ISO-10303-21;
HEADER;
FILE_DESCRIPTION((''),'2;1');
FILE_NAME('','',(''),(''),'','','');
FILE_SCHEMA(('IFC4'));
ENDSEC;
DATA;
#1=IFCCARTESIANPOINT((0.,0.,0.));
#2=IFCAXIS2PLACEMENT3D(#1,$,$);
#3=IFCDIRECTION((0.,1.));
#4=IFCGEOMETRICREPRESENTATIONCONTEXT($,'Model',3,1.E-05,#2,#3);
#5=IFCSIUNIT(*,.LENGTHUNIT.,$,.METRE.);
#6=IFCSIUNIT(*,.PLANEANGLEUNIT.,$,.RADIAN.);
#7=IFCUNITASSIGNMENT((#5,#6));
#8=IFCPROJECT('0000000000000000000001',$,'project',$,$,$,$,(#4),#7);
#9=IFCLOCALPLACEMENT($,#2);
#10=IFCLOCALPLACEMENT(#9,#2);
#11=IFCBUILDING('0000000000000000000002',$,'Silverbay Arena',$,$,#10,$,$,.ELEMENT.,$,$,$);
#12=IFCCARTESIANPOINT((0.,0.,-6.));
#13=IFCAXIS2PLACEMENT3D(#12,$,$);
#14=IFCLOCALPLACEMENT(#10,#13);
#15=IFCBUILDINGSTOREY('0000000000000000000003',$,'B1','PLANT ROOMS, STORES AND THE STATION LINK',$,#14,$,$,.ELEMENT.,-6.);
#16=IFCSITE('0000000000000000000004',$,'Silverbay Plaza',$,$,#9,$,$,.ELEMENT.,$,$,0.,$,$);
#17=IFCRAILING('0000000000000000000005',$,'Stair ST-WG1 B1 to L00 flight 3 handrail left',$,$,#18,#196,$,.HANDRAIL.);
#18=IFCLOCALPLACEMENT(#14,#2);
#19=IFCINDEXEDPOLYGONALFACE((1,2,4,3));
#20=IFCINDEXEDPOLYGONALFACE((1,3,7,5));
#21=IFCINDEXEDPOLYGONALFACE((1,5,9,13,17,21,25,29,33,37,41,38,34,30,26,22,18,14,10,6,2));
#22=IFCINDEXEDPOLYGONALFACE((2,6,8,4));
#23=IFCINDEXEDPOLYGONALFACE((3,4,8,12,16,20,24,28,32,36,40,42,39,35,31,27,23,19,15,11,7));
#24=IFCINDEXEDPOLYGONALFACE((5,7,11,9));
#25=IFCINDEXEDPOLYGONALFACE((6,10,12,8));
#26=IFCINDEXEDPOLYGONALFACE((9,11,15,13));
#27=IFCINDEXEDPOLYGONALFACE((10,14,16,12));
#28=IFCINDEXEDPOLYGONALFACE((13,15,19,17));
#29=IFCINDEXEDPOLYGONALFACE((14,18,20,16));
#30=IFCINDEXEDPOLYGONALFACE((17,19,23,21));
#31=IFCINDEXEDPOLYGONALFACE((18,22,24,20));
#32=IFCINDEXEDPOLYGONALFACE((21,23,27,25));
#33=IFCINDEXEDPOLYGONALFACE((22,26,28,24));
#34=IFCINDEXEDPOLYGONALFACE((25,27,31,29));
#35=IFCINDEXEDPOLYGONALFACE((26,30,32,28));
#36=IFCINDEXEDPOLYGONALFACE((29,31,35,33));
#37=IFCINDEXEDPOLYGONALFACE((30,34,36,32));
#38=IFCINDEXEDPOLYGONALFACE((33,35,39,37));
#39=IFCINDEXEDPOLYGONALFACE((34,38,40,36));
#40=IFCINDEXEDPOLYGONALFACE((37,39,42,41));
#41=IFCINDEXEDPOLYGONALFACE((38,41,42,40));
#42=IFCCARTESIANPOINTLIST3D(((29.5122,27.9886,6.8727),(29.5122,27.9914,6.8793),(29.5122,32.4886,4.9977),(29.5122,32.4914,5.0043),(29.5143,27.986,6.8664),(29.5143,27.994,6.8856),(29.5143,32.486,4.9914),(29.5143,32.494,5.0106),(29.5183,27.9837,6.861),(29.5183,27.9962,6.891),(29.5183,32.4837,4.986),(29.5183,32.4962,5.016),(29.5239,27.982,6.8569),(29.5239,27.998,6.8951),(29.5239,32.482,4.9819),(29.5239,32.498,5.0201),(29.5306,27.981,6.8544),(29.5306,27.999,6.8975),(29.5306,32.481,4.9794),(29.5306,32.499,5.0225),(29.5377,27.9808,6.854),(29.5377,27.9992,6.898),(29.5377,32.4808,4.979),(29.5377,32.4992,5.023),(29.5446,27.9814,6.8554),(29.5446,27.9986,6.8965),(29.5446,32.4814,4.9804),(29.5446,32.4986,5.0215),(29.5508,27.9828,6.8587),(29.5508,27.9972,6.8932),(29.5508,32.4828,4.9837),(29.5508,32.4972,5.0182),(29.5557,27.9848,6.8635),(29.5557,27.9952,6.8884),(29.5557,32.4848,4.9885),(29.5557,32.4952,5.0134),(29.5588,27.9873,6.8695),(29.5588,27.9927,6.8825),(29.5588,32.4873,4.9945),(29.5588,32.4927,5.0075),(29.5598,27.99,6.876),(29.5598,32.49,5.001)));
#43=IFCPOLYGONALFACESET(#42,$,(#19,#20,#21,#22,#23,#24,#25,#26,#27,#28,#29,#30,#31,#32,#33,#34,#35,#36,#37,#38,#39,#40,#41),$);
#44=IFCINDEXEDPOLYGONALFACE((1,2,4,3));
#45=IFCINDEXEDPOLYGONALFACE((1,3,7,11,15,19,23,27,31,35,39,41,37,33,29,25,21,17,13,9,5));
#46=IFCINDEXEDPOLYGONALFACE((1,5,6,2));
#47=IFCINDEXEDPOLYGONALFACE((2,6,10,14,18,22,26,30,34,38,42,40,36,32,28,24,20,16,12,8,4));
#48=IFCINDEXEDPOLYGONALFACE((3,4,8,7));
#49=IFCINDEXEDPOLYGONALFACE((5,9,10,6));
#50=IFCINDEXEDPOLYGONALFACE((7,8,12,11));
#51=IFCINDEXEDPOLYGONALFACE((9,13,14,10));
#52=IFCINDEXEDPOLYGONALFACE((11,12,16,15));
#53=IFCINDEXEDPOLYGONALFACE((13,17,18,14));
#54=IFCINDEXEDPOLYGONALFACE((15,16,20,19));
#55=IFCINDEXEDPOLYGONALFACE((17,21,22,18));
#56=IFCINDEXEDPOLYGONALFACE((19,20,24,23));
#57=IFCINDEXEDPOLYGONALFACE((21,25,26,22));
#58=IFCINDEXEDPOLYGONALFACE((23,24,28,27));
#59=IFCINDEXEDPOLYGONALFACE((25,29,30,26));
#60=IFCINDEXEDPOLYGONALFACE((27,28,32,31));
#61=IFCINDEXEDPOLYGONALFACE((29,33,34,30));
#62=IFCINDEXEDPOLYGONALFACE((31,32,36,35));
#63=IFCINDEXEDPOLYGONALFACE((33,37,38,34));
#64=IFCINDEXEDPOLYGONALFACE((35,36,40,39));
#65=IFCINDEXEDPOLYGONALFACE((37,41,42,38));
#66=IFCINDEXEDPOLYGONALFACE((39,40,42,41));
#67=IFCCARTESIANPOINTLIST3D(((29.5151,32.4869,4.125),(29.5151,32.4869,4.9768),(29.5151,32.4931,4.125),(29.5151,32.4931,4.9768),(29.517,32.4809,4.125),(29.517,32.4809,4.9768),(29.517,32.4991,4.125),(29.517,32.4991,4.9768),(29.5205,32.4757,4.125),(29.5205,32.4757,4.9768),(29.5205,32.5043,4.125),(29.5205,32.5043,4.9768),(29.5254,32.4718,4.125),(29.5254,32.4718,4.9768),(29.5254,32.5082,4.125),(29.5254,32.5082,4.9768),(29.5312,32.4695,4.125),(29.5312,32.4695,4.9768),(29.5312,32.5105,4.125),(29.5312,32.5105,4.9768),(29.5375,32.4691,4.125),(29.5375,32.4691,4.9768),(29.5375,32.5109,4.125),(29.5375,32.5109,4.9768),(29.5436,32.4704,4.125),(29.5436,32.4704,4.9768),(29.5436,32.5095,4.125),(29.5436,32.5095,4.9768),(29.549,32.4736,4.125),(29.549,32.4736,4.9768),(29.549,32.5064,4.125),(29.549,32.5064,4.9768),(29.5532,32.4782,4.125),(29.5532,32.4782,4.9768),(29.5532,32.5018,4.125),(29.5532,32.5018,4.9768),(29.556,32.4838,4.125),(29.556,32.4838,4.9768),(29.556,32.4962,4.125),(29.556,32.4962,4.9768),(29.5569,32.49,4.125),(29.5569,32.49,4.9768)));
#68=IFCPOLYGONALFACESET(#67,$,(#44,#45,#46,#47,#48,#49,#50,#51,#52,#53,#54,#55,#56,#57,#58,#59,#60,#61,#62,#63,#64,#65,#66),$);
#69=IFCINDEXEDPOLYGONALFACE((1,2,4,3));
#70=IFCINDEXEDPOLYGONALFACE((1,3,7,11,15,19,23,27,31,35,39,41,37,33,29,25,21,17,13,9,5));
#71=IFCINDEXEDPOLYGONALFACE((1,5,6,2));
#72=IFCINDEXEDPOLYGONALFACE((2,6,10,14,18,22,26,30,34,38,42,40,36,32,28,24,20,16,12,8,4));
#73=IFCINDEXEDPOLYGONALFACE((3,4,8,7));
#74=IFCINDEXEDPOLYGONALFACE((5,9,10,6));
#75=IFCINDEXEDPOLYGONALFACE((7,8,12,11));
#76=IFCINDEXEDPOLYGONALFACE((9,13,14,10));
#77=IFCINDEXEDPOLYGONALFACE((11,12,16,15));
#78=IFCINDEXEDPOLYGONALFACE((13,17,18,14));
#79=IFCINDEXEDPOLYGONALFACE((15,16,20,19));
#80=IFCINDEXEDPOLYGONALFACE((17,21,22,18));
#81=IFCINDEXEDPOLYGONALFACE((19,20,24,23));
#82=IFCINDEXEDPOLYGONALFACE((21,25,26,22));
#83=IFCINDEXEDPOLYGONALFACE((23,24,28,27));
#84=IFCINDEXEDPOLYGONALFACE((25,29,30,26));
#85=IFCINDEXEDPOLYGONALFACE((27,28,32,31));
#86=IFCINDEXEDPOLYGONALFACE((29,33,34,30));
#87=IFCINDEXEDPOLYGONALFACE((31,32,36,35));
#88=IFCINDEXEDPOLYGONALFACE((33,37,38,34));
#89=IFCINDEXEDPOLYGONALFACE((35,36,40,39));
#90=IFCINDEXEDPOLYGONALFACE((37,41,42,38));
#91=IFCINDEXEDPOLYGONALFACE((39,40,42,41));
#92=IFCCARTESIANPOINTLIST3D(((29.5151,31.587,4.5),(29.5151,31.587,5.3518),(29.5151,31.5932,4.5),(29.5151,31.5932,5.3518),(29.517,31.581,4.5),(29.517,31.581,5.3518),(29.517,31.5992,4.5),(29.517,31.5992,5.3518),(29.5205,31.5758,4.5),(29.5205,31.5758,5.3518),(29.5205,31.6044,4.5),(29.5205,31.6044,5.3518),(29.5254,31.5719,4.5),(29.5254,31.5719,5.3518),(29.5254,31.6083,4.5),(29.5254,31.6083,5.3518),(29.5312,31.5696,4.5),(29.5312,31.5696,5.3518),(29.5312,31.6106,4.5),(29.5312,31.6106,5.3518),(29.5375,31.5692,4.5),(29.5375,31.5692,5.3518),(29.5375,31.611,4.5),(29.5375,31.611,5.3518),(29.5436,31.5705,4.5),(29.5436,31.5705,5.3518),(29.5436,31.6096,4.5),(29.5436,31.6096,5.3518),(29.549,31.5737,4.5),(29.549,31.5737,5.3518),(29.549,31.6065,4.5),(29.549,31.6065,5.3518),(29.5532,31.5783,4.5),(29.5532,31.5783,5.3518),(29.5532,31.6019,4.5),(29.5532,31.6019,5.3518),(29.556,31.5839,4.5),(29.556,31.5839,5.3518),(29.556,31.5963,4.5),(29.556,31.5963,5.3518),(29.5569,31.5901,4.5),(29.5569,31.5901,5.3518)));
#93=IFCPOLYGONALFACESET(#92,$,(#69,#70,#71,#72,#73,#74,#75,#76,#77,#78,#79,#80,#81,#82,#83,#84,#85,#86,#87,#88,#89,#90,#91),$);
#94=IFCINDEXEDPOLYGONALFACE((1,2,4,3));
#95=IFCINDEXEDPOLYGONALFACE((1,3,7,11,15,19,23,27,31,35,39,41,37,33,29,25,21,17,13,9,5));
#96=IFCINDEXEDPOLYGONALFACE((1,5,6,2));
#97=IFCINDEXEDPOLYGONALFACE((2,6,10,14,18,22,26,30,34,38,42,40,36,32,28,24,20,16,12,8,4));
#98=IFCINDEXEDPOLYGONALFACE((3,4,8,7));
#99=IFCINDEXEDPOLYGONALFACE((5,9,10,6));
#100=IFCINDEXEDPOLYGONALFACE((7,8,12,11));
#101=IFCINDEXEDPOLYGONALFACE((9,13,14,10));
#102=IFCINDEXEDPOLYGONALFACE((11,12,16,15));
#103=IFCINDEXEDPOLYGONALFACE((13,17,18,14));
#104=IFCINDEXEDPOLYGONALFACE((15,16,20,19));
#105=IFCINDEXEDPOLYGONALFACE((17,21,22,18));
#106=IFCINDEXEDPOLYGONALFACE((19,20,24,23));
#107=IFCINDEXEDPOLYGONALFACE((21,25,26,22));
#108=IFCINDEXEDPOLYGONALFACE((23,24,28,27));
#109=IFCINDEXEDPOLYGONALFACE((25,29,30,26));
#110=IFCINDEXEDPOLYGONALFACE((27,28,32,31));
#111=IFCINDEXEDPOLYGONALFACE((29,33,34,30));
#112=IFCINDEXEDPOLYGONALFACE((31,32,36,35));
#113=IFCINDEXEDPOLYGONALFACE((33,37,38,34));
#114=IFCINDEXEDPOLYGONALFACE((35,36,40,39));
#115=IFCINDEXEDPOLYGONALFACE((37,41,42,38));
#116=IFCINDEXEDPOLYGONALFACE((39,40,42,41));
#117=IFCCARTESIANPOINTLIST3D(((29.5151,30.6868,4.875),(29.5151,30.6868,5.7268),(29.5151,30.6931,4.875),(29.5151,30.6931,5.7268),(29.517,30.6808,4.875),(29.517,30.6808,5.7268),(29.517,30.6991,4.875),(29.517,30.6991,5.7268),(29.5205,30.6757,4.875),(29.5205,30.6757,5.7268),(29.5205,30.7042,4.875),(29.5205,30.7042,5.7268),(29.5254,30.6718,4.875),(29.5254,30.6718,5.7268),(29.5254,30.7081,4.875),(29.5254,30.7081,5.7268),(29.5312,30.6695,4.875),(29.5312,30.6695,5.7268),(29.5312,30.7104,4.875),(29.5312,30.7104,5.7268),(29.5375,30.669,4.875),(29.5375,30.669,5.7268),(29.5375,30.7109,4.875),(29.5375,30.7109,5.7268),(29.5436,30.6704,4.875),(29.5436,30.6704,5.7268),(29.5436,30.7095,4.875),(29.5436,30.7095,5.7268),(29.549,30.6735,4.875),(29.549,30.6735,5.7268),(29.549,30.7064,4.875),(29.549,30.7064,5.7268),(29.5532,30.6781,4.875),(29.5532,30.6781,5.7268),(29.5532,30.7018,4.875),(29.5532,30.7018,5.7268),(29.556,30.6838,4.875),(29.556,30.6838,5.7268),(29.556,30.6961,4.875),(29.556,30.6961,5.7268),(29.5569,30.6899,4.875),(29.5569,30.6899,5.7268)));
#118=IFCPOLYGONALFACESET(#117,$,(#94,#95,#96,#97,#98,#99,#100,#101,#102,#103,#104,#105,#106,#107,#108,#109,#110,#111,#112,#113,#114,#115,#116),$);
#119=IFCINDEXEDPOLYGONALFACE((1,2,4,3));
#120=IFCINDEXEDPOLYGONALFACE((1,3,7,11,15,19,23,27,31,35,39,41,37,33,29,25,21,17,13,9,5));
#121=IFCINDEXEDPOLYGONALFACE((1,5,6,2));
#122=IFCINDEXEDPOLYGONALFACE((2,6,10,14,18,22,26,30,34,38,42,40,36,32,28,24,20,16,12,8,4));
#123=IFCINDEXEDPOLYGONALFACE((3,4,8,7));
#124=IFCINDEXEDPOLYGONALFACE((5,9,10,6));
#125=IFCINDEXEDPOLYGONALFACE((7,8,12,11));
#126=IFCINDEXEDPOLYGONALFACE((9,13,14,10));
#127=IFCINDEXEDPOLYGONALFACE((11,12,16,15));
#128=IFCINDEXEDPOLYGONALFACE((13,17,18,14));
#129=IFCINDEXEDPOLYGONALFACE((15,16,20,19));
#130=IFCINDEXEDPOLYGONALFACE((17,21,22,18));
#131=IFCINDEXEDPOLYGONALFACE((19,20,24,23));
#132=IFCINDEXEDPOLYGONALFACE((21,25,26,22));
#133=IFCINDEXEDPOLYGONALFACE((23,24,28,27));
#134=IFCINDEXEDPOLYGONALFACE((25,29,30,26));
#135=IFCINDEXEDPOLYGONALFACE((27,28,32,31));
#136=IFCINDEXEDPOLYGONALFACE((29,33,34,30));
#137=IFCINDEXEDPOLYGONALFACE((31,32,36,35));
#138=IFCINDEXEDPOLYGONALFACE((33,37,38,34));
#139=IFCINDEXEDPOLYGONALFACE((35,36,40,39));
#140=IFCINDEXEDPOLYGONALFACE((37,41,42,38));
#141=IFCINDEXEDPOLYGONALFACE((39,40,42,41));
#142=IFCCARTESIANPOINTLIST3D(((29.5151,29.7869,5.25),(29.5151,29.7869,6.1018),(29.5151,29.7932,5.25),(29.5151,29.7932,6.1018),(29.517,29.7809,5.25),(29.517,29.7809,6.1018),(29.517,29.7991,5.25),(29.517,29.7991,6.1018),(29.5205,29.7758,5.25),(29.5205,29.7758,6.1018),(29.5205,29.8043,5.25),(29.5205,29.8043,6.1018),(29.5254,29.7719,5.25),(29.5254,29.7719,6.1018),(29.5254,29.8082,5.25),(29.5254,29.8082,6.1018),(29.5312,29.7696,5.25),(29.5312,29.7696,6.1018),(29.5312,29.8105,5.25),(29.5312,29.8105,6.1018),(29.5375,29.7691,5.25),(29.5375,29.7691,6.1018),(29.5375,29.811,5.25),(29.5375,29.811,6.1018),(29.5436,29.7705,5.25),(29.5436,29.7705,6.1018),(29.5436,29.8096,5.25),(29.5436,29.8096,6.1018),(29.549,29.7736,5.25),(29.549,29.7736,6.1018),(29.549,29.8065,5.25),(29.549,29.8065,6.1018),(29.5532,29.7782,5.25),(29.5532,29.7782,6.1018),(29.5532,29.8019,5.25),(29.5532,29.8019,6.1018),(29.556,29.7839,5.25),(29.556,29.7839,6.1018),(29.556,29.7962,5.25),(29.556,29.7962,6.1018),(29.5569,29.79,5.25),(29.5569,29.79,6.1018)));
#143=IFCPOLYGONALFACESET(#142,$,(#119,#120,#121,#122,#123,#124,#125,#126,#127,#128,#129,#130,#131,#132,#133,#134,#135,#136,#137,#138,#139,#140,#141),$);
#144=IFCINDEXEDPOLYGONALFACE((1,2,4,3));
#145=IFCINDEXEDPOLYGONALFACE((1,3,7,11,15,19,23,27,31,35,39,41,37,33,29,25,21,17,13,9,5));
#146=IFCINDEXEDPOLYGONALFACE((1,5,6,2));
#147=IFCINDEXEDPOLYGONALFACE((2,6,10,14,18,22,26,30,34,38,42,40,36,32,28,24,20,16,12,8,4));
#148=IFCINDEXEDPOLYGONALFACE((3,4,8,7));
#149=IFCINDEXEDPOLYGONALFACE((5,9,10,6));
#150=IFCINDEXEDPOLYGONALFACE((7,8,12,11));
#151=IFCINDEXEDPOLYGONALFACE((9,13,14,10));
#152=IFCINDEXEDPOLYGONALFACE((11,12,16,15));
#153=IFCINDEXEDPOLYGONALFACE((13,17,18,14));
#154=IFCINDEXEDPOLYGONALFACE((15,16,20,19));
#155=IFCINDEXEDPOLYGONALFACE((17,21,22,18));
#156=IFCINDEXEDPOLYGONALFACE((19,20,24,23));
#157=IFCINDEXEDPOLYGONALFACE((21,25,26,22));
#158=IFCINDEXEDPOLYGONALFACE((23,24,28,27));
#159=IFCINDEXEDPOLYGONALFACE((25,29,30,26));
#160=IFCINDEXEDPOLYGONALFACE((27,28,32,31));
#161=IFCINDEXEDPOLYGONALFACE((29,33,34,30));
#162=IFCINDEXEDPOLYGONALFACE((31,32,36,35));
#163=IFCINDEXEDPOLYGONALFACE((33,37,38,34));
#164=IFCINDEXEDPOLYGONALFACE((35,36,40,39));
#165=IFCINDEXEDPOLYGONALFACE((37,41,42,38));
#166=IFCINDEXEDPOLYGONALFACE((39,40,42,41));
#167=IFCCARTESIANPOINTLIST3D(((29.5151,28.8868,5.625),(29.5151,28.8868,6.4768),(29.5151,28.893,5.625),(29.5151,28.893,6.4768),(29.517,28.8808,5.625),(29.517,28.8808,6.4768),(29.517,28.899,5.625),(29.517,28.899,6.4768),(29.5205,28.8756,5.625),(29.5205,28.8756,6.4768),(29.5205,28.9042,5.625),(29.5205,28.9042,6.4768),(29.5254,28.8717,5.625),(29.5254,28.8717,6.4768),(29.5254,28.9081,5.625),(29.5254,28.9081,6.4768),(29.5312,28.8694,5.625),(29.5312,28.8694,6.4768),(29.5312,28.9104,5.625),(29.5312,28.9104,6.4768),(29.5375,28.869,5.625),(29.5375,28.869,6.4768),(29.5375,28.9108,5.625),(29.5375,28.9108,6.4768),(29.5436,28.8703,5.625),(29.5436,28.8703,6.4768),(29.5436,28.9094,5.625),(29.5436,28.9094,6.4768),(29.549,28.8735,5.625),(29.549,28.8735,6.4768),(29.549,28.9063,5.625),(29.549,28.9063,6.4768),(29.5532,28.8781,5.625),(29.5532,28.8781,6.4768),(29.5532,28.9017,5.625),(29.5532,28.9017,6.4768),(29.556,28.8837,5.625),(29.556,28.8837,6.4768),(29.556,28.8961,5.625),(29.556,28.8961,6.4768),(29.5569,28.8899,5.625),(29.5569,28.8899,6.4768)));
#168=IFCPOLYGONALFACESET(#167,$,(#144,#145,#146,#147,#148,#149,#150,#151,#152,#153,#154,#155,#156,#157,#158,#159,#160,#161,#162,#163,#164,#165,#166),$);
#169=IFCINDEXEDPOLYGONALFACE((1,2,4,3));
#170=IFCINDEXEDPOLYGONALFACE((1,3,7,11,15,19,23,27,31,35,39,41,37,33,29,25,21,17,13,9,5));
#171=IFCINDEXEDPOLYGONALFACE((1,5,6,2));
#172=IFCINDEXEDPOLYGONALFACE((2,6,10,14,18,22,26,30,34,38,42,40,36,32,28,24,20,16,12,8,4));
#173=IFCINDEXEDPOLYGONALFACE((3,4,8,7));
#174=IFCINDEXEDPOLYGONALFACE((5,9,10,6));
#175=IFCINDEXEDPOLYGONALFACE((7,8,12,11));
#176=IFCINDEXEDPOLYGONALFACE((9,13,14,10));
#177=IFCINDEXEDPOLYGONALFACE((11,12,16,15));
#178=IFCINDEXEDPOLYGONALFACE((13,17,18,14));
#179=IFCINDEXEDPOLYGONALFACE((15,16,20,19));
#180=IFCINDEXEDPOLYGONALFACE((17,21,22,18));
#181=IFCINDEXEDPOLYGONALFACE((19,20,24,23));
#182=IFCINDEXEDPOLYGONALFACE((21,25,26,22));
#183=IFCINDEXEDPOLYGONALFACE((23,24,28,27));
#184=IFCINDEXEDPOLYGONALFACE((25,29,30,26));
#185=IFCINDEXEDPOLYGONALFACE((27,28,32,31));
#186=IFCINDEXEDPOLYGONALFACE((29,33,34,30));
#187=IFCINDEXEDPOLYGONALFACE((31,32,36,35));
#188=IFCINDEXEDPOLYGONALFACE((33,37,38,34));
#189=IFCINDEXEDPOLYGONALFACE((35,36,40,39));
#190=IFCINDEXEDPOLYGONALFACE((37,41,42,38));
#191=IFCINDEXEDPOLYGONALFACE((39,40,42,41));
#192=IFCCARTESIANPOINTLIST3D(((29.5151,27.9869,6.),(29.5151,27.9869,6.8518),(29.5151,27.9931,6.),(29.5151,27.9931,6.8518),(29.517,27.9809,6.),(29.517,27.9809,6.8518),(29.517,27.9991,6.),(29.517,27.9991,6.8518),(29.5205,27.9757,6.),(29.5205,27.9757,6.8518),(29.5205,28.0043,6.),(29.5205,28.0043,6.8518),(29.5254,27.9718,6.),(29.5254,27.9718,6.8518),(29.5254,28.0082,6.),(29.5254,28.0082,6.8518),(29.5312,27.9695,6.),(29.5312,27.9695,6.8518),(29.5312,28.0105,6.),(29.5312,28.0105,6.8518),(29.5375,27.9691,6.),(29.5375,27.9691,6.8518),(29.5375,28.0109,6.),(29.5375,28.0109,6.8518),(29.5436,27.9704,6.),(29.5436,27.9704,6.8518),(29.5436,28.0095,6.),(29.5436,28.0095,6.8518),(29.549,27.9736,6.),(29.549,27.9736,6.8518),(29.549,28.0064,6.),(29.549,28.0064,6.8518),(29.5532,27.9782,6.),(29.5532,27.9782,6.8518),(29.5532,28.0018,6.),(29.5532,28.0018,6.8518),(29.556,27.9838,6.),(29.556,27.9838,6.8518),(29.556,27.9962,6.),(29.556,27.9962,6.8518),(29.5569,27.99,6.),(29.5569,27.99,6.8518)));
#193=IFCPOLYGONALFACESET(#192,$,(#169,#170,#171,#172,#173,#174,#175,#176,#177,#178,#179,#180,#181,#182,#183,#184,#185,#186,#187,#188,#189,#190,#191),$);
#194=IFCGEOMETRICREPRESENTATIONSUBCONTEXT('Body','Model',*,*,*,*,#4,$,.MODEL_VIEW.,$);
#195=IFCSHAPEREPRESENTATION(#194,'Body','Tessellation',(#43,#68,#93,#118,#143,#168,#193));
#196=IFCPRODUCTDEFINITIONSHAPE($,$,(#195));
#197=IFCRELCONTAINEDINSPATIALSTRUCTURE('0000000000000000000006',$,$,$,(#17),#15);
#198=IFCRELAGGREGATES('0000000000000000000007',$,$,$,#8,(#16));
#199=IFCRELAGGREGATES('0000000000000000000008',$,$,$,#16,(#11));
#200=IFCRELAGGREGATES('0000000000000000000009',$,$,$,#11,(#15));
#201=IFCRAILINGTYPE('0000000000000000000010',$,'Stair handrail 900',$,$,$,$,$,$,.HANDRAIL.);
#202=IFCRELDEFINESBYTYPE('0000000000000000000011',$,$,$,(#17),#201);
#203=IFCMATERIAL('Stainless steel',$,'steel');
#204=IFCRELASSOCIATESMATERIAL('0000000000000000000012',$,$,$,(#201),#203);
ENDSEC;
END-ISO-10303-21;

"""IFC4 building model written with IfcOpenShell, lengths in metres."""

from ifc_helpers import new_model, si_unit, direction, frame, origin, origin_2d, place, context, subcontext, project, spatial, circle, extrude, material, type_object, element, save


model = new_model("IFC4")

# Units and contexts
model_context = context("Model", 3, precision=1e-05, world=origin(), true_north=direction((0.0, 1.0)))
body_context = subcontext(model_context, "Body", "Model", "MODEL_VIEW")
ifc_project = project(units=[si_unit("LENGTHUNIT", "METRE"), si_unit("PLANEANGLEUNIT", "RADIAN")], contexts=[model_context])

# Site, building, storey
site_placement = place(None, origin())
site = spatial("IfcSite", under=ifc_project, at=site_placement, Name="Silverbay Plaza", CompositionType="ELEMENT", RefElevation=0.0)
building_placement = place(site_placement, origin())
building = spatial("IfcBuilding", under=site, at=building_placement, Name="Silverbay Arena", CompositionType="ELEMENT")
storey_placement = place(building_placement, frame((0.0, 0.0, -6.0)))
storey = spatial("IfcBuildingStorey", under=building, at=storey_placement, Name="B1", Description="PLANT ROOMS, STORES AND THE STATION LINK", CompositionType="ELEMENT", Elevation=-6.0)

# Railing
ifc_material_1 = material(Name="Stainless steel", Category="steel")
railing_type_1 = type_object("IfcRailingType", Name="Stair handrail 900", PredefinedType="HANDRAIL", material=ifc_material_1)
for number, where, name in (
    (1, (29.5359, 32.49, 4.125), "Stair ST-WG1 B1 to L00 flight 3 handrail left"),
):
    element("IfcRailing", number, at=place(storey_placement, frame(where)), inside=storey, type_object=railing_type_1, Name=name, PredefinedType="HANDRAIL", context=body_context, shape_type="SweptSolid", body=[
        extrude(circle(Radius=0.0239, at=origin_2d()), frame((0.0, 0.0, 0.876), z_axis=(0.0, -0.923077, 0.384615), x_axis=(1.0, 0.0, 0.0)), (0.0, 0.0, 1.0), 4.875),
        extrude(circle(Radius=0.021, at=origin_2d()), origin(), (0.0, 0.0, 1.0), 0.8518),
        extrude(circle(Radius=0.021, at=origin_2d()), frame((0.0, -0.8999, 0.375)), (0.0, 0.0, 1.0), 0.8518),
        extrude(circle(Radius=0.021, at=origin_2d()), frame((0.0, -1.8, 0.75)), (0.0, 0.0, 1.0), 0.8518),
        extrude(circle(Radius=0.021, at=origin_2d()), frame((0.0, -2.7, 1.125)), (0.0, 0.0, 1.0), 0.8518),
        extrude(circle(Radius=0.021, at=origin_2d()), frame((0.0, -3.6001, 1.5)), (0.0, 0.0, 1.0), 0.8518),
        extrude(circle(Radius=0.021, at=origin_2d()), frame((0.0, -4.5, 1.875)), (0.0, 0.0, 1.0), 0.8518),
    ])

save(model, "model.ifc")
